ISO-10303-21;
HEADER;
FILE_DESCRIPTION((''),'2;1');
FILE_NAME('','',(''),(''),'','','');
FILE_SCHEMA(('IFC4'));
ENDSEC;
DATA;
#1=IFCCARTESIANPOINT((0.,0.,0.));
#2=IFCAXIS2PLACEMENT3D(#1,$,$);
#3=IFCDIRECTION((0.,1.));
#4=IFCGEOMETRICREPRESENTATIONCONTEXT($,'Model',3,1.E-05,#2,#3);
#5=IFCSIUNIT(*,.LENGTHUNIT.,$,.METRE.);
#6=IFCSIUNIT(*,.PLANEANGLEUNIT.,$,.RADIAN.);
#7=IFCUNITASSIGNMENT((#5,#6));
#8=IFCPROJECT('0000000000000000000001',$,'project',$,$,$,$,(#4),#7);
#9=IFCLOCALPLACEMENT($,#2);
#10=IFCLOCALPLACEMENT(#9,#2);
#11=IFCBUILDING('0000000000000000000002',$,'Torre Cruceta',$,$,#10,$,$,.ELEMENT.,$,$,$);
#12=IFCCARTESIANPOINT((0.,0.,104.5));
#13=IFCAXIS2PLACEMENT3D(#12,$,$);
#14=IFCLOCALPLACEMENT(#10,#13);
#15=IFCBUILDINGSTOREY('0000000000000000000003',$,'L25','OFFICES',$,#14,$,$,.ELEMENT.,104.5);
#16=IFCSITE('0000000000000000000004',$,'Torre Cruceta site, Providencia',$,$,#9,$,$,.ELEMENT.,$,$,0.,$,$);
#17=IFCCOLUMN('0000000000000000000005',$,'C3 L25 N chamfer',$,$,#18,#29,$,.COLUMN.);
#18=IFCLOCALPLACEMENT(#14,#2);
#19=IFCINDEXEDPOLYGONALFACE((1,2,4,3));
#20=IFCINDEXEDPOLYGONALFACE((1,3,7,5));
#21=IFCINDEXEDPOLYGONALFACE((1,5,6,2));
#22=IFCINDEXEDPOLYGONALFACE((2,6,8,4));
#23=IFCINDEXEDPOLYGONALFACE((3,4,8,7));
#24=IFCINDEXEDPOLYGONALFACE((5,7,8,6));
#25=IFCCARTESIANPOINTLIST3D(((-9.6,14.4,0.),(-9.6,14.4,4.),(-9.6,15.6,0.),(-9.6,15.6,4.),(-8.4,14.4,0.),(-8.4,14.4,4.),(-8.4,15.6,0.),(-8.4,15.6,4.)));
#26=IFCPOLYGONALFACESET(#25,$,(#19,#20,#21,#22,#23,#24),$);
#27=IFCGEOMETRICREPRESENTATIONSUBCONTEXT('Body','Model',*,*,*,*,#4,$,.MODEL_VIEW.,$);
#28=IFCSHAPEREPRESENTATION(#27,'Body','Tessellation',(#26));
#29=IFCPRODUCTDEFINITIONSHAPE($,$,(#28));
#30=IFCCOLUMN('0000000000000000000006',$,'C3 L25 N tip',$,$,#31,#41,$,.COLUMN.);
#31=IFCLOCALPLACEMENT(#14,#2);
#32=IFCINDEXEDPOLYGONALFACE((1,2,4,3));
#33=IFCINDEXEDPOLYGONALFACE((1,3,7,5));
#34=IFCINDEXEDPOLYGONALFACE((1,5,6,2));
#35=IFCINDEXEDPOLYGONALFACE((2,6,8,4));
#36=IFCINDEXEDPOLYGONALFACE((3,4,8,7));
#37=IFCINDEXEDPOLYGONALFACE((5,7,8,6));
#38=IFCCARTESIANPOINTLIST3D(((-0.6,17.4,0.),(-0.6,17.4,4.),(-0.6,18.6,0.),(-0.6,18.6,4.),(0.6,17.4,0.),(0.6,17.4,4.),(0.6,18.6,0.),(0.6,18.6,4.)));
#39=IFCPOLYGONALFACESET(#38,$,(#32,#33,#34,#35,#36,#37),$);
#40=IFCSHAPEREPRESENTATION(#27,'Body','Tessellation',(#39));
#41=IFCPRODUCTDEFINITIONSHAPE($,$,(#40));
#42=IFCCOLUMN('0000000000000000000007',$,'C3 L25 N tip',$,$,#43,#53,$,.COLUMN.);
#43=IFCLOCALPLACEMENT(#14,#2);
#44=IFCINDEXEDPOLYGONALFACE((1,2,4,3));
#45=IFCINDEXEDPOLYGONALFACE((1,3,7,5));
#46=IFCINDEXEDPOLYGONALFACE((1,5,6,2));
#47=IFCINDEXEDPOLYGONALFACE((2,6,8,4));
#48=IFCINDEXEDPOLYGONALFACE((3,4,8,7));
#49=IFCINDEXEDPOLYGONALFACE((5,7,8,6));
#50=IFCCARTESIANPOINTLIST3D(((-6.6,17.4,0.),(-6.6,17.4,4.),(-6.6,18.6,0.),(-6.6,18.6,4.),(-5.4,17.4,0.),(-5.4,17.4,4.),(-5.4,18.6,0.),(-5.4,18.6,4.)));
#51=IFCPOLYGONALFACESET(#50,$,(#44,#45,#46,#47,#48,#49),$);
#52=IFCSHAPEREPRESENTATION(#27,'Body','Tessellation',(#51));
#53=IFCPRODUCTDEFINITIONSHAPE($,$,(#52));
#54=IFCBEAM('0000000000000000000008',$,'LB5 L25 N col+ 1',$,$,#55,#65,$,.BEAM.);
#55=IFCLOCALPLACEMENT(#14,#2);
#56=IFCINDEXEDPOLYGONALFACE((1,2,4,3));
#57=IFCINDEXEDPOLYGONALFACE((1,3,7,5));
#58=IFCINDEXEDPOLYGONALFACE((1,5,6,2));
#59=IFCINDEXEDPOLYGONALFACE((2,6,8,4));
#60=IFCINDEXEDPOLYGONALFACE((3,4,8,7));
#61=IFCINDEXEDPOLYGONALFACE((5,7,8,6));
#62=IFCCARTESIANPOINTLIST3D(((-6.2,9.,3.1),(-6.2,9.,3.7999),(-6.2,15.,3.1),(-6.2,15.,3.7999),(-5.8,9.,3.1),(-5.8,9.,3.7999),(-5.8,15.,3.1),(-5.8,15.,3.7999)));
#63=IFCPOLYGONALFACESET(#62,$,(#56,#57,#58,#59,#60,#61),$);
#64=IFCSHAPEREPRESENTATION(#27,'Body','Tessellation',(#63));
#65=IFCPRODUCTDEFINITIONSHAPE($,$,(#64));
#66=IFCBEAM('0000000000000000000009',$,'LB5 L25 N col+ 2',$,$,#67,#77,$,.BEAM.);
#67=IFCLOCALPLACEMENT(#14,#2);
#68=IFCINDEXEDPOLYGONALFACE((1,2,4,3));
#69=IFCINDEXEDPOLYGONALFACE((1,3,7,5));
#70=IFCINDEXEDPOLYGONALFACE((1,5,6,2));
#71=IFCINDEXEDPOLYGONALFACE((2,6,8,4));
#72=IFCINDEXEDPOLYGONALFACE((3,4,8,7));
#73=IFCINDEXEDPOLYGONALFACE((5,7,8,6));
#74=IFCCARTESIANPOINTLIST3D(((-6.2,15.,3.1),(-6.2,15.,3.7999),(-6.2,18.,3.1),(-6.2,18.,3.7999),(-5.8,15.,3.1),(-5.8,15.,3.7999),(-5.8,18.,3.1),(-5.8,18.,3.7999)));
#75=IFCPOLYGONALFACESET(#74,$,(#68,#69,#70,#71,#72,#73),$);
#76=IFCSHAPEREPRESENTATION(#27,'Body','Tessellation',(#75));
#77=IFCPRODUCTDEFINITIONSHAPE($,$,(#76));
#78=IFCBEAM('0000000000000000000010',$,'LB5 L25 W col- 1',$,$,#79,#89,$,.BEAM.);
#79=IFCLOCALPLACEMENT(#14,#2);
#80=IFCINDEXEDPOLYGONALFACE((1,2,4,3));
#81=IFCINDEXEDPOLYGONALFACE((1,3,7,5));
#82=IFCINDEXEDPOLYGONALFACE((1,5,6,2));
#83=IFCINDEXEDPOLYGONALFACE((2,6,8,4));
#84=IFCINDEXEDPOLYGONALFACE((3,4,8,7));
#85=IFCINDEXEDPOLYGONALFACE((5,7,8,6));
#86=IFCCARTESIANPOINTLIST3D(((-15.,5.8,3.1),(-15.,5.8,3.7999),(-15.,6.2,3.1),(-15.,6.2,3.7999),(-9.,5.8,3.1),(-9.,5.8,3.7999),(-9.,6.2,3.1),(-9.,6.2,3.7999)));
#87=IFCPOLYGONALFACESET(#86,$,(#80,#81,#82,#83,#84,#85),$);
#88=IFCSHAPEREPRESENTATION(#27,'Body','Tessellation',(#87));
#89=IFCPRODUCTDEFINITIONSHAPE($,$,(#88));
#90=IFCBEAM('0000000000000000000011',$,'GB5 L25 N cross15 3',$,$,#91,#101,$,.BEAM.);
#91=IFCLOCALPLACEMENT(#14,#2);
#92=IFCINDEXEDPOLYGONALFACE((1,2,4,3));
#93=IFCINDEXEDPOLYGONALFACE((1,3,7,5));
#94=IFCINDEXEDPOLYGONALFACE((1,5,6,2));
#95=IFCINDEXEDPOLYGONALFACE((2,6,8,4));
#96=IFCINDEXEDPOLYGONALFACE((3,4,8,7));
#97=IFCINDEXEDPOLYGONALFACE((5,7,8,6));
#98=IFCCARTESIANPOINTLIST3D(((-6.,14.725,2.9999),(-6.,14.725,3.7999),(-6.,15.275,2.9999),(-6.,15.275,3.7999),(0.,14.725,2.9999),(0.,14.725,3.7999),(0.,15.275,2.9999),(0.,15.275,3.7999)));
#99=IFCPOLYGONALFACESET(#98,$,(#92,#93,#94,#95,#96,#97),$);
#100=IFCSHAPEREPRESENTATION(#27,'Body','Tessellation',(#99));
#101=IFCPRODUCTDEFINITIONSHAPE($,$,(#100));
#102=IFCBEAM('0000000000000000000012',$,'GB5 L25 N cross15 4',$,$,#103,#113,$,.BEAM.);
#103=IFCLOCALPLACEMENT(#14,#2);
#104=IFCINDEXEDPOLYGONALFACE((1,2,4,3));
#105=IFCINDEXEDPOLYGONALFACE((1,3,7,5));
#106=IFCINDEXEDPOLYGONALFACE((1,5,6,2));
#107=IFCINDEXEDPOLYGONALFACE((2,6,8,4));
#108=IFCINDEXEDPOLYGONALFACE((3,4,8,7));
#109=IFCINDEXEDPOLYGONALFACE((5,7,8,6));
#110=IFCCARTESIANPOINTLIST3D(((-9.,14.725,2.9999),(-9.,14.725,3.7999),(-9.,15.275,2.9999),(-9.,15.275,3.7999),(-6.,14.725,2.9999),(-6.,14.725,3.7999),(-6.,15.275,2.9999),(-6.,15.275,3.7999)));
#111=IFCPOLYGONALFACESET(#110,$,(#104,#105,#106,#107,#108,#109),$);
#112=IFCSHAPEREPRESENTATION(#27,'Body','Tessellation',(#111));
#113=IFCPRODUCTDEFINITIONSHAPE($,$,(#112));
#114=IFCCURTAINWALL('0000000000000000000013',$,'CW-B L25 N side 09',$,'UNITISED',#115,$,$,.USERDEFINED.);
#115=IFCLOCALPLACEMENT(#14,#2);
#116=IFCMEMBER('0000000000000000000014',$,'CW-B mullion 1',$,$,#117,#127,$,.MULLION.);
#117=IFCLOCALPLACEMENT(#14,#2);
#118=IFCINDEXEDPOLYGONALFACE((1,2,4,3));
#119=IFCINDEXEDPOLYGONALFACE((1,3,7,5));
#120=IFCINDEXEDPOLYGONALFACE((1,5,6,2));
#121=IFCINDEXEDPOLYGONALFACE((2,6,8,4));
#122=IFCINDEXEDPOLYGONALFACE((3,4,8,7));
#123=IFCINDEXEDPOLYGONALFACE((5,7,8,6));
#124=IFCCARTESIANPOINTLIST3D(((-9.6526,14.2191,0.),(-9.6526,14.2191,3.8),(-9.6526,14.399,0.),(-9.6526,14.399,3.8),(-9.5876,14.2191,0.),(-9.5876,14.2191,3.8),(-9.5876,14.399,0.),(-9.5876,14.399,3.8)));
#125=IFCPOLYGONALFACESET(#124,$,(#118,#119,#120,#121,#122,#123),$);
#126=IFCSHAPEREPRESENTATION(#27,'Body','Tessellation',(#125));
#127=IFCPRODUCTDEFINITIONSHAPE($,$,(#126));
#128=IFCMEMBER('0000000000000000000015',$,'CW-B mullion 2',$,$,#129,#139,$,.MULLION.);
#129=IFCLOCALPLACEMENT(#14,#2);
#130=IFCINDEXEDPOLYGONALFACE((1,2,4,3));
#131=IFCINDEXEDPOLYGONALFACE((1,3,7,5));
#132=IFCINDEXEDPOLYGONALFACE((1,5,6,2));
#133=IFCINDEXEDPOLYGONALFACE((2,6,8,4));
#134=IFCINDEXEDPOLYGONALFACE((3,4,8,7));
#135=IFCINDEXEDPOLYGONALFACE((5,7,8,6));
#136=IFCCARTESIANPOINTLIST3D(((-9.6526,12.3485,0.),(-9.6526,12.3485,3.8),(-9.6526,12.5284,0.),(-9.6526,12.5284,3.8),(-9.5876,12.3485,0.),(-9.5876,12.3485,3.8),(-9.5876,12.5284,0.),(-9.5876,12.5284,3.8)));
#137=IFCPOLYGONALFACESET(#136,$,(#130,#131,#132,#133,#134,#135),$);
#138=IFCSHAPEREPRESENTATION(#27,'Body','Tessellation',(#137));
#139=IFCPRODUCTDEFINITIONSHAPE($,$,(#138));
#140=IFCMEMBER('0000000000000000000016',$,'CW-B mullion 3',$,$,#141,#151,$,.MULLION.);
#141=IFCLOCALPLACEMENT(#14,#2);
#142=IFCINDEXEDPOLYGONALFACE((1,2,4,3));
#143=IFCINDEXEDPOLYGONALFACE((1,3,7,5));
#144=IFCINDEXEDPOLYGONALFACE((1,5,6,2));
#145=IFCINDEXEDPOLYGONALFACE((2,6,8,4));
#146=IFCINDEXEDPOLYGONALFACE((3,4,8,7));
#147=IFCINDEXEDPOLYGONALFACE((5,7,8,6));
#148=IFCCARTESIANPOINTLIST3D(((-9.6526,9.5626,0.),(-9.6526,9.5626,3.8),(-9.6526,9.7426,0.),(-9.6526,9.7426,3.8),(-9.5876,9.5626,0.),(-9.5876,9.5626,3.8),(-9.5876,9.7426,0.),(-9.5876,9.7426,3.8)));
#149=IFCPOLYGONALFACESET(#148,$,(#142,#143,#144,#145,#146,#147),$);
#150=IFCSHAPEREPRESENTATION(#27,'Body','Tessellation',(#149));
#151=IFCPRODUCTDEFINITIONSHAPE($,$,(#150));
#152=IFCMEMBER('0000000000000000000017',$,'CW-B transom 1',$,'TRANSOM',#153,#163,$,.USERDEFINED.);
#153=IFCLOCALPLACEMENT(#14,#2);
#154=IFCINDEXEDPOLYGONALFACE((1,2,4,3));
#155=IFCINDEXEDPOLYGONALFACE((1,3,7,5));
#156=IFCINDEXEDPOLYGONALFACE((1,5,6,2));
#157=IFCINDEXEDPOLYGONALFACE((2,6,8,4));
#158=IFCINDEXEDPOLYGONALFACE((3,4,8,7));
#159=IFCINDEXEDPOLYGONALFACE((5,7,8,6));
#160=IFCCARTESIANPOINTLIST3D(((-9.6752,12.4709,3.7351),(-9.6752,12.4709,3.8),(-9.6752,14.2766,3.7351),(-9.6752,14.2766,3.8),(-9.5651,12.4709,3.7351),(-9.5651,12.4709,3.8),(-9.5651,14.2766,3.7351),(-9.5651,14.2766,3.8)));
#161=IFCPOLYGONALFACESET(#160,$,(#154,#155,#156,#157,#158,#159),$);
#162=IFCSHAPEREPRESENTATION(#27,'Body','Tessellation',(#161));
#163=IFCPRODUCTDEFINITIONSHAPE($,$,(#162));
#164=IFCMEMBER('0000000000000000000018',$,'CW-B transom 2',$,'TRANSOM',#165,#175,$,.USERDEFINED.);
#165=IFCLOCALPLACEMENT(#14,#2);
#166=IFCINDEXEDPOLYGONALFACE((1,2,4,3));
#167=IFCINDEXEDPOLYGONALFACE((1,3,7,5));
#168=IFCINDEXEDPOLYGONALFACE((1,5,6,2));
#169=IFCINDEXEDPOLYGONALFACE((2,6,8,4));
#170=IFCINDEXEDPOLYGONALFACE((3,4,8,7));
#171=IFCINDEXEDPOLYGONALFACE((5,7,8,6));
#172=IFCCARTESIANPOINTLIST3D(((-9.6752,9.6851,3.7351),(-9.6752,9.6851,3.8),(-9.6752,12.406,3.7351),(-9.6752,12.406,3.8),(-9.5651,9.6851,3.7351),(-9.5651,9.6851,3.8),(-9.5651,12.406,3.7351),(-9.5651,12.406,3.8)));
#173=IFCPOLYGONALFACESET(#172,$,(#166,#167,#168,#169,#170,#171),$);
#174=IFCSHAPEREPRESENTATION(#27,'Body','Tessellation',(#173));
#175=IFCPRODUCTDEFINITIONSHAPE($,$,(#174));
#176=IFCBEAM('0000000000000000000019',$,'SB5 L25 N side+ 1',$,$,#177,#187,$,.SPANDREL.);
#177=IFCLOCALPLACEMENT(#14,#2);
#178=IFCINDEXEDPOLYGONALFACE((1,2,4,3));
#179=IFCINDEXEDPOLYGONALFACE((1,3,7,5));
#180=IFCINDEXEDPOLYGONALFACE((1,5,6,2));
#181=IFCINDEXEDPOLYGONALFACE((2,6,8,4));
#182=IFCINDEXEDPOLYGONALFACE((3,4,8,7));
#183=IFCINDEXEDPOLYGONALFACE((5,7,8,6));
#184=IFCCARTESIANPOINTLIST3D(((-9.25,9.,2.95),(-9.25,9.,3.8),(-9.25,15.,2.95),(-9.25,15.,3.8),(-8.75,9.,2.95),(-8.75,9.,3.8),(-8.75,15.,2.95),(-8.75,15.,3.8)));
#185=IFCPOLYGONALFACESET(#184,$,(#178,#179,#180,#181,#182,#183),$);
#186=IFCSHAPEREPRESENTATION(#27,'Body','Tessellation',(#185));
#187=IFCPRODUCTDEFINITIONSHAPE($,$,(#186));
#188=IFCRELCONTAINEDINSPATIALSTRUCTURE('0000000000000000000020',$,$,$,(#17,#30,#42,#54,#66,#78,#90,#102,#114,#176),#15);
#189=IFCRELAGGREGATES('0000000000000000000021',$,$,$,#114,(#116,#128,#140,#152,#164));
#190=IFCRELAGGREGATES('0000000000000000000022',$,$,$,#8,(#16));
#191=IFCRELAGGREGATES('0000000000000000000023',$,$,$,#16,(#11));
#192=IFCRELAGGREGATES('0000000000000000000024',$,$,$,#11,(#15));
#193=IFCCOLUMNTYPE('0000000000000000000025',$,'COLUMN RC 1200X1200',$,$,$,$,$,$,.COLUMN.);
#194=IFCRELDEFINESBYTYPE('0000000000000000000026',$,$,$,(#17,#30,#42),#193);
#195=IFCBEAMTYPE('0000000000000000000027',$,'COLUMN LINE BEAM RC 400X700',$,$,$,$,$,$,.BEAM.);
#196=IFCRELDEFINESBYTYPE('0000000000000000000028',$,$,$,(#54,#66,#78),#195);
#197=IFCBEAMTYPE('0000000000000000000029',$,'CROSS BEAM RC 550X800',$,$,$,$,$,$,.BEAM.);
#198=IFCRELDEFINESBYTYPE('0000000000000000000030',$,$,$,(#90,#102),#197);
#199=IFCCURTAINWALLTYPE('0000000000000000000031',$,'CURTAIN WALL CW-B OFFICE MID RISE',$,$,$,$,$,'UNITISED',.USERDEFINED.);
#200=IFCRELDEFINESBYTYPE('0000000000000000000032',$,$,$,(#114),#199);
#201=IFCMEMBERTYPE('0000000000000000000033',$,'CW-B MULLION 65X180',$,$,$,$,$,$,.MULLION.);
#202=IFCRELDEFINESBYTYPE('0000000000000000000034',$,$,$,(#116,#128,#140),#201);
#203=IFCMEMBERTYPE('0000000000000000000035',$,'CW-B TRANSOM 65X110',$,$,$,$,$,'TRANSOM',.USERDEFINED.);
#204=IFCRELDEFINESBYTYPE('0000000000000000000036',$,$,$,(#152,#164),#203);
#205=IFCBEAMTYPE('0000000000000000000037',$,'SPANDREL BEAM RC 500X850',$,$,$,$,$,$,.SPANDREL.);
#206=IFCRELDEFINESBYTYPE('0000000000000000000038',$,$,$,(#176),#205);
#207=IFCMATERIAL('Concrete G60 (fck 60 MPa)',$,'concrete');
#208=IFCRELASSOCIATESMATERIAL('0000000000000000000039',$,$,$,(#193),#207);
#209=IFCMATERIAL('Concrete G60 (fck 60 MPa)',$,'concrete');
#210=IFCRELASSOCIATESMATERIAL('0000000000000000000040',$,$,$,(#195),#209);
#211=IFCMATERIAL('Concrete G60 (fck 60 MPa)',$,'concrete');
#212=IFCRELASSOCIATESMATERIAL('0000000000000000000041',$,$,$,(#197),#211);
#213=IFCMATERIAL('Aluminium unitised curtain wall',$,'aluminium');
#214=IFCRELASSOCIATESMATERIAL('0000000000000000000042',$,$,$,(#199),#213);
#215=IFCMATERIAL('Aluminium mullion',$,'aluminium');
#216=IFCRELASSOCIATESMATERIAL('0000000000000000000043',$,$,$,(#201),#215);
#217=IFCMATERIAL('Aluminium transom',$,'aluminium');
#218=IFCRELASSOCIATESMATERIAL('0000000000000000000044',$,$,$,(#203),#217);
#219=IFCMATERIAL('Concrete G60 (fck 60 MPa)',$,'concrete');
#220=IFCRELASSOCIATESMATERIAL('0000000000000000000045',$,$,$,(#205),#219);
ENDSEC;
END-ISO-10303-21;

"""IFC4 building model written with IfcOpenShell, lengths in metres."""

from ifc_helpers import new_model, si_unit, direction, frame, origin, origin_2d, place, context, subcontext, project, spatial, rectangle, extrude, material, material_profile, profile_set, type_object, element, aggregate, save


model = new_model("IFC4")

# Units and contexts
model_context = context("Model", 3, precision=1e-05, world=origin(), true_north=direction((0.0, 1.0)))
body_context = subcontext(model_context, "Body", "Model", "MODEL_VIEW")
ifc_project = project(units=[si_unit("LENGTHUNIT", "METRE"), si_unit("PLANEANGLEUNIT", "RADIAN")], contexts=[model_context])

# Site, building, storey
site_placement = place(None, origin())
site = spatial("IfcSite", under=ifc_project, at=site_placement, Name="Torre Cruceta site, Providencia", CompositionType="ELEMENT", RefElevation=0.0)
building_placement = place(site_placement, origin())
building = spatial("IfcBuilding", under=site, at=building_placement, Name="Torre Cruceta", CompositionType="ELEMENT")
storey_placement = place(building_placement, frame((0.0, 0.0, 104.5)))
storey = spatial("IfcBuildingStorey", under=building, at=storey_placement, Name="L25", Description="OFFICES", CompositionType="ELEMENT", Elevation=104.5)

# Columns
ifc_material_1 = material(Name="Concrete G60 (fck 60 MPa)", Category="concrete")
ifc_material_profile_1 = material_profile(ifc_material_1, rectangle(XDim=1.2, YDim=1.2, at=origin_2d()), Name="RC 1200X1200")
ifc_profile_set_1 = profile_set([ifc_material_profile_1], Name="Concrete G60 (fck 60 MPa)")
column_type = type_object("IfcColumnType", Name="COLUMN RC 1200X1200", PredefinedType="COLUMN", material=ifc_profile_set_1)
for number, where, z_axis, x_axis, name in (
    (1, (-9.0, 15.0, 0.0), (0.0, 0.0, 1.0), (1.0, 0.0, 0.0), "C3 L25 N chamfer"),
    (2, (0.0, 18.0, 0.0), (0.0, 0.0, 1.0), (1.0, 0.0, 0.0), "C3 L25 N tip"),
    (3, (-6.0, 18.0, 0.0), (0.0, 0.0, 1.0), (1.0, 0.0, 0.0), "C3 L25 N tip"),
):
    element("IfcColumn", number, at=place(storey_placement, frame(where, z_axis=z_axis, x_axis=x_axis)), inside=storey, type_object=column_type, Name=name, PredefinedType="COLUMN", context=body_context, shape_type="SweptSolid", body=[
        extrude(rectangle(XDim=1.2, YDim=1.2, at=origin_2d()), origin(), (0.0, 0.0, 1.0), 4.0),
    ])

# Beams
ifc_material_2 = material(Name="Concrete G60 (fck 60 MPa)", Category="concrete")
ifc_material_profile_2 = material_profile(ifc_material_2, rectangle(XDim=0.3999, YDim=0.7, at=origin_2d()), Name="RC 400X700")
ifc_profile_set_2 = profile_set([ifc_material_profile_2], Name="Concrete G60 (fck 60 MPa)")
beam_type_1 = type_object("IfcBeamType", Name="COLUMN LINE BEAM RC 400X700", PredefinedType="BEAM", material=ifc_profile_set_2)
beam_1_placement = place(storey_placement, frame((-6.0, 9.0, 3.45), z_axis=(0.0, 1.0, 0.0), x_axis=(-1.0, 0.0, 0.0)))
element("IfcBeam", 4, at=beam_1_placement, inside=storey, type_object=beam_type_1, Name="LB5 L25 N col+ 1", PredefinedType="BEAM", context=body_context, shape_type="SweptSolid", body=[
    extrude(rectangle(XDim=0.3999, YDim=0.7, at=origin_2d()), origin(), (0.0, 0.0, 1.0), 6.0),
])
beam_2_placement = place(storey_placement, frame((-6.0, 15.0, 3.45), z_axis=(0.0, 1.0, 0.0), x_axis=(-1.0, 0.0, 0.0)))
element("IfcBeam", 5, at=beam_2_placement, inside=storey, type_object=beam_type_1, Name="LB5 L25 N col+ 2", PredefinedType="BEAM", context=body_context, shape_type="SweptSolid", body=[
    extrude(rectangle(XDim=0.3999, YDim=0.7, at=origin_2d()), origin(), (0.0, 0.0, 1.0), 3.0),
])
beam_3_placement = place(storey_placement, frame((-9.0, 6.0, 3.45), z_axis=(-1.0, 0.0, 0.0), x_axis=(0.0, -1.0, 0.0)))
element("IfcBeam", 6, at=beam_3_placement, inside=storey, type_object=beam_type_1, Name="LB5 L25 W col- 1", PredefinedType="BEAM", context=body_context, shape_type="SweptSolid", body=[
    extrude(rectangle(XDim=0.3999, YDim=0.7, at=origin_2d()), origin(), (0.0, 0.0, 1.0), 6.0),
])
ifc_material_3 = material(Name="Concrete G60 (fck 60 MPa)", Category="concrete")
ifc_material_profile_3 = material_profile(ifc_material_3, rectangle(XDim=0.55, YDim=0.8, at=origin_2d()), Name="RC 550X800")
ifc_profile_set_3 = profile_set([ifc_material_profile_3], Name="Concrete G60 (fck 60 MPa)")
beam_type_2 = type_object("IfcBeamType", Name="CROSS BEAM RC 550X800", PredefinedType="BEAM", material=ifc_profile_set_3)
beam_4_placement = place(storey_placement, frame((0.0, 15.0, 3.3999), z_axis=(-1.0, 0.0, 0.0), x_axis=(0.0, -1.0, 0.0)))
element("IfcBeam", 7, at=beam_4_placement, inside=storey, type_object=beam_type_2, Name="GB5 L25 N cross15 3", PredefinedType="BEAM", context=body_context, shape_type="SweptSolid", body=[
    extrude(rectangle(XDim=0.55, YDim=0.8, at=origin_2d()), origin(), (0.0, 0.0, 1.0), 6.0),
])
beam_5_placement = place(storey_placement, frame((-6.0, 15.0, 3.3999), z_axis=(-1.0, 0.0, 0.0), x_axis=(0.0, -1.0, 0.0)))
element("IfcBeam", 8, at=beam_5_placement, inside=storey, type_object=beam_type_2, Name="GB5 L25 N cross15 4", PredefinedType="BEAM", context=body_context, shape_type="SweptSolid", body=[
    extrude(rectangle(XDim=0.55, YDim=0.8, at=origin_2d()), origin(), (0.0, 0.0, 1.0), 3.0),
])

# Curtain wall, members
ifc_material_4 = material(Name="Aluminium unitised curtain wall", Category="aluminium")
curtain_wall_type = type_object("IfcCurtainWallType", Name="CURTAIN WALL CW-B OFFICE MID RISE", ElementType="UNITISED", PredefinedType="USERDEFINED", material=ifc_material_4)
curtain_wall_placement = place(storey_placement, origin())
curtain_wall = element("IfcCurtainWall", 9, at=curtain_wall_placement, inside=storey, type_object=curtain_wall_type, Name="CW-B L25 N side 09", ObjectType="UNITISED", PredefinedType="USERDEFINED")
ifc_material_5 = material(Name="Aluminium mullion", Category="aluminium")
ifc_material_profile_4 = material_profile(ifc_material_5, rectangle(XDim=0.0649, YDim=0.1799, at=origin_2d()), Name="AL 65X180")
ifc_profile_set_4 = profile_set([ifc_material_profile_4], Name="Aluminium mullion")
member_type_1 = type_object("IfcMemberType", Name="CW-B MULLION 65X180", PredefinedType="MULLION", material=ifc_profile_set_4)
member_1_placement = place(storey_placement, frame((-9.6201, 14.3091, 0.0), z_axis=(0.0, 0.0, 1.0), x_axis=(1.0, 0.0, 0.0)))
member_1 = element("IfcMember", 10, at=member_1_placement, type_object=member_type_1, Name="CW-B mullion 1", PredefinedType="MULLION", context=body_context, shape_type="SweptSolid", body=[
    extrude(rectangle(XDim=0.0649, YDim=0.1799, at=origin_2d()), origin(), (0.0, 0.0, 1.0), 3.8),
])
member_2_placement = place(storey_placement, frame((-9.6201, 12.4385, 0.0), z_axis=(0.0, 0.0, 1.0), x_axis=(1.0, 0.0, 0.0)))
member_2 = element("IfcMember", 11, at=member_2_placement, type_object=member_type_1, Name="CW-B mullion 2", PredefinedType="MULLION", context=body_context, shape_type="SweptSolid", body=[
    extrude(rectangle(XDim=0.0649, YDim=0.1799, at=origin_2d()), origin(), (0.0, 0.0, 1.0), 3.8),
])
member_3_placement = place(storey_placement, frame((-9.6201, 9.6526, 0.0), z_axis=(0.0, 0.0, 1.0), x_axis=(1.0, 0.0, 0.0)))
member_3 = element("IfcMember", 12, at=member_3_placement, type_object=member_type_1, Name="CW-B mullion 3", PredefinedType="MULLION", context=body_context, shape_type="SweptSolid", body=[
    extrude(rectangle(XDim=0.0649, YDim=0.1799, at=origin_2d()), origin(), (0.0, 0.0, 1.0), 3.8),
])
ifc_material_6 = material(Name="Aluminium transom", Category="aluminium")
ifc_material_profile_5 = material_profile(ifc_material_6, rectangle(XDim=0.1101, YDim=0.0649, at=origin_2d()), Name="AL 110X65")
ifc_profile_set_5 = profile_set([ifc_material_profile_5], Name="Aluminium transom")
member_type_2 = type_object("IfcMemberType", Name="CW-B TRANSOM 65X110", ElementType="TRANSOM", PredefinedType="USERDEFINED", material=ifc_profile_set_5)
member_4_placement = place(storey_placement, frame((-9.6201, 14.2766, 3.7676), z_axis=(0.0, -1.0, 0.0), x_axis=(1.0, 0.0, 0.0)))
member_4 = element("IfcMember", 13, at=member_4_placement, type_object=member_type_2, Name="CW-B transom 1", ObjectType="TRANSOM", PredefinedType="USERDEFINED", context=body_context, shape_type="SweptSolid", body=[
    extrude(rectangle(XDim=0.1101, YDim=0.0649, at=origin_2d()), origin(), (0.0, 0.0, 1.0), 1.8057),
])
member_5_placement = place(storey_placement, frame((-9.6201, 12.406, 3.7676), z_axis=(0.0, -1.0, 0.0), x_axis=(1.0, 0.0, 0.0)))
member_5 = element("IfcMember", 14, at=member_5_placement, type_object=member_type_2, Name="CW-B transom 2", ObjectType="TRANSOM", PredefinedType="USERDEFINED", context=body_context, shape_type="SweptSolid", body=[
    extrude(rectangle(XDim=0.1101, YDim=0.0649, at=origin_2d()), origin(), (0.0, 0.0, 1.0), 2.7209),
])

# Beam
ifc_material_7 = material(Name="Concrete G60 (fck 60 MPa)", Category="concrete")
ifc_material_profile_6 = material_profile(ifc_material_7, rectangle(XDim=0.5, YDim=0.8501, at=origin_2d()), Name="RC 500X850")
ifc_profile_set_6 = profile_set([ifc_material_profile_6], Name="Concrete G60 (fck 60 MPa)")
beam_type_3 = type_object("IfcBeamType", Name="SPANDREL BEAM RC 500X850", PredefinedType="SPANDREL", material=ifc_profile_set_6)
beam_6_placement = place(storey_placement, frame((-9.0, 9.0, 3.375), z_axis=(0.0, 1.0, 0.0), x_axis=(-1.0, 0.0, 0.0)))
element("IfcBeam", 15, at=beam_6_placement, inside=storey, type_object=beam_type_3, Name="SB5 L25 N side+ 1", PredefinedType="SPANDREL", context=body_context, shape_type="SweptSolid", body=[
    extrude(rectangle(XDim=0.5, YDim=0.8501, at=origin_2d()), origin(), (0.0, 0.0, 1.0), 6.0),
])

aggregate(curtain_wall, [member_1, member_2, member_3, member_4, member_5])

save(model, "model.ifc")
